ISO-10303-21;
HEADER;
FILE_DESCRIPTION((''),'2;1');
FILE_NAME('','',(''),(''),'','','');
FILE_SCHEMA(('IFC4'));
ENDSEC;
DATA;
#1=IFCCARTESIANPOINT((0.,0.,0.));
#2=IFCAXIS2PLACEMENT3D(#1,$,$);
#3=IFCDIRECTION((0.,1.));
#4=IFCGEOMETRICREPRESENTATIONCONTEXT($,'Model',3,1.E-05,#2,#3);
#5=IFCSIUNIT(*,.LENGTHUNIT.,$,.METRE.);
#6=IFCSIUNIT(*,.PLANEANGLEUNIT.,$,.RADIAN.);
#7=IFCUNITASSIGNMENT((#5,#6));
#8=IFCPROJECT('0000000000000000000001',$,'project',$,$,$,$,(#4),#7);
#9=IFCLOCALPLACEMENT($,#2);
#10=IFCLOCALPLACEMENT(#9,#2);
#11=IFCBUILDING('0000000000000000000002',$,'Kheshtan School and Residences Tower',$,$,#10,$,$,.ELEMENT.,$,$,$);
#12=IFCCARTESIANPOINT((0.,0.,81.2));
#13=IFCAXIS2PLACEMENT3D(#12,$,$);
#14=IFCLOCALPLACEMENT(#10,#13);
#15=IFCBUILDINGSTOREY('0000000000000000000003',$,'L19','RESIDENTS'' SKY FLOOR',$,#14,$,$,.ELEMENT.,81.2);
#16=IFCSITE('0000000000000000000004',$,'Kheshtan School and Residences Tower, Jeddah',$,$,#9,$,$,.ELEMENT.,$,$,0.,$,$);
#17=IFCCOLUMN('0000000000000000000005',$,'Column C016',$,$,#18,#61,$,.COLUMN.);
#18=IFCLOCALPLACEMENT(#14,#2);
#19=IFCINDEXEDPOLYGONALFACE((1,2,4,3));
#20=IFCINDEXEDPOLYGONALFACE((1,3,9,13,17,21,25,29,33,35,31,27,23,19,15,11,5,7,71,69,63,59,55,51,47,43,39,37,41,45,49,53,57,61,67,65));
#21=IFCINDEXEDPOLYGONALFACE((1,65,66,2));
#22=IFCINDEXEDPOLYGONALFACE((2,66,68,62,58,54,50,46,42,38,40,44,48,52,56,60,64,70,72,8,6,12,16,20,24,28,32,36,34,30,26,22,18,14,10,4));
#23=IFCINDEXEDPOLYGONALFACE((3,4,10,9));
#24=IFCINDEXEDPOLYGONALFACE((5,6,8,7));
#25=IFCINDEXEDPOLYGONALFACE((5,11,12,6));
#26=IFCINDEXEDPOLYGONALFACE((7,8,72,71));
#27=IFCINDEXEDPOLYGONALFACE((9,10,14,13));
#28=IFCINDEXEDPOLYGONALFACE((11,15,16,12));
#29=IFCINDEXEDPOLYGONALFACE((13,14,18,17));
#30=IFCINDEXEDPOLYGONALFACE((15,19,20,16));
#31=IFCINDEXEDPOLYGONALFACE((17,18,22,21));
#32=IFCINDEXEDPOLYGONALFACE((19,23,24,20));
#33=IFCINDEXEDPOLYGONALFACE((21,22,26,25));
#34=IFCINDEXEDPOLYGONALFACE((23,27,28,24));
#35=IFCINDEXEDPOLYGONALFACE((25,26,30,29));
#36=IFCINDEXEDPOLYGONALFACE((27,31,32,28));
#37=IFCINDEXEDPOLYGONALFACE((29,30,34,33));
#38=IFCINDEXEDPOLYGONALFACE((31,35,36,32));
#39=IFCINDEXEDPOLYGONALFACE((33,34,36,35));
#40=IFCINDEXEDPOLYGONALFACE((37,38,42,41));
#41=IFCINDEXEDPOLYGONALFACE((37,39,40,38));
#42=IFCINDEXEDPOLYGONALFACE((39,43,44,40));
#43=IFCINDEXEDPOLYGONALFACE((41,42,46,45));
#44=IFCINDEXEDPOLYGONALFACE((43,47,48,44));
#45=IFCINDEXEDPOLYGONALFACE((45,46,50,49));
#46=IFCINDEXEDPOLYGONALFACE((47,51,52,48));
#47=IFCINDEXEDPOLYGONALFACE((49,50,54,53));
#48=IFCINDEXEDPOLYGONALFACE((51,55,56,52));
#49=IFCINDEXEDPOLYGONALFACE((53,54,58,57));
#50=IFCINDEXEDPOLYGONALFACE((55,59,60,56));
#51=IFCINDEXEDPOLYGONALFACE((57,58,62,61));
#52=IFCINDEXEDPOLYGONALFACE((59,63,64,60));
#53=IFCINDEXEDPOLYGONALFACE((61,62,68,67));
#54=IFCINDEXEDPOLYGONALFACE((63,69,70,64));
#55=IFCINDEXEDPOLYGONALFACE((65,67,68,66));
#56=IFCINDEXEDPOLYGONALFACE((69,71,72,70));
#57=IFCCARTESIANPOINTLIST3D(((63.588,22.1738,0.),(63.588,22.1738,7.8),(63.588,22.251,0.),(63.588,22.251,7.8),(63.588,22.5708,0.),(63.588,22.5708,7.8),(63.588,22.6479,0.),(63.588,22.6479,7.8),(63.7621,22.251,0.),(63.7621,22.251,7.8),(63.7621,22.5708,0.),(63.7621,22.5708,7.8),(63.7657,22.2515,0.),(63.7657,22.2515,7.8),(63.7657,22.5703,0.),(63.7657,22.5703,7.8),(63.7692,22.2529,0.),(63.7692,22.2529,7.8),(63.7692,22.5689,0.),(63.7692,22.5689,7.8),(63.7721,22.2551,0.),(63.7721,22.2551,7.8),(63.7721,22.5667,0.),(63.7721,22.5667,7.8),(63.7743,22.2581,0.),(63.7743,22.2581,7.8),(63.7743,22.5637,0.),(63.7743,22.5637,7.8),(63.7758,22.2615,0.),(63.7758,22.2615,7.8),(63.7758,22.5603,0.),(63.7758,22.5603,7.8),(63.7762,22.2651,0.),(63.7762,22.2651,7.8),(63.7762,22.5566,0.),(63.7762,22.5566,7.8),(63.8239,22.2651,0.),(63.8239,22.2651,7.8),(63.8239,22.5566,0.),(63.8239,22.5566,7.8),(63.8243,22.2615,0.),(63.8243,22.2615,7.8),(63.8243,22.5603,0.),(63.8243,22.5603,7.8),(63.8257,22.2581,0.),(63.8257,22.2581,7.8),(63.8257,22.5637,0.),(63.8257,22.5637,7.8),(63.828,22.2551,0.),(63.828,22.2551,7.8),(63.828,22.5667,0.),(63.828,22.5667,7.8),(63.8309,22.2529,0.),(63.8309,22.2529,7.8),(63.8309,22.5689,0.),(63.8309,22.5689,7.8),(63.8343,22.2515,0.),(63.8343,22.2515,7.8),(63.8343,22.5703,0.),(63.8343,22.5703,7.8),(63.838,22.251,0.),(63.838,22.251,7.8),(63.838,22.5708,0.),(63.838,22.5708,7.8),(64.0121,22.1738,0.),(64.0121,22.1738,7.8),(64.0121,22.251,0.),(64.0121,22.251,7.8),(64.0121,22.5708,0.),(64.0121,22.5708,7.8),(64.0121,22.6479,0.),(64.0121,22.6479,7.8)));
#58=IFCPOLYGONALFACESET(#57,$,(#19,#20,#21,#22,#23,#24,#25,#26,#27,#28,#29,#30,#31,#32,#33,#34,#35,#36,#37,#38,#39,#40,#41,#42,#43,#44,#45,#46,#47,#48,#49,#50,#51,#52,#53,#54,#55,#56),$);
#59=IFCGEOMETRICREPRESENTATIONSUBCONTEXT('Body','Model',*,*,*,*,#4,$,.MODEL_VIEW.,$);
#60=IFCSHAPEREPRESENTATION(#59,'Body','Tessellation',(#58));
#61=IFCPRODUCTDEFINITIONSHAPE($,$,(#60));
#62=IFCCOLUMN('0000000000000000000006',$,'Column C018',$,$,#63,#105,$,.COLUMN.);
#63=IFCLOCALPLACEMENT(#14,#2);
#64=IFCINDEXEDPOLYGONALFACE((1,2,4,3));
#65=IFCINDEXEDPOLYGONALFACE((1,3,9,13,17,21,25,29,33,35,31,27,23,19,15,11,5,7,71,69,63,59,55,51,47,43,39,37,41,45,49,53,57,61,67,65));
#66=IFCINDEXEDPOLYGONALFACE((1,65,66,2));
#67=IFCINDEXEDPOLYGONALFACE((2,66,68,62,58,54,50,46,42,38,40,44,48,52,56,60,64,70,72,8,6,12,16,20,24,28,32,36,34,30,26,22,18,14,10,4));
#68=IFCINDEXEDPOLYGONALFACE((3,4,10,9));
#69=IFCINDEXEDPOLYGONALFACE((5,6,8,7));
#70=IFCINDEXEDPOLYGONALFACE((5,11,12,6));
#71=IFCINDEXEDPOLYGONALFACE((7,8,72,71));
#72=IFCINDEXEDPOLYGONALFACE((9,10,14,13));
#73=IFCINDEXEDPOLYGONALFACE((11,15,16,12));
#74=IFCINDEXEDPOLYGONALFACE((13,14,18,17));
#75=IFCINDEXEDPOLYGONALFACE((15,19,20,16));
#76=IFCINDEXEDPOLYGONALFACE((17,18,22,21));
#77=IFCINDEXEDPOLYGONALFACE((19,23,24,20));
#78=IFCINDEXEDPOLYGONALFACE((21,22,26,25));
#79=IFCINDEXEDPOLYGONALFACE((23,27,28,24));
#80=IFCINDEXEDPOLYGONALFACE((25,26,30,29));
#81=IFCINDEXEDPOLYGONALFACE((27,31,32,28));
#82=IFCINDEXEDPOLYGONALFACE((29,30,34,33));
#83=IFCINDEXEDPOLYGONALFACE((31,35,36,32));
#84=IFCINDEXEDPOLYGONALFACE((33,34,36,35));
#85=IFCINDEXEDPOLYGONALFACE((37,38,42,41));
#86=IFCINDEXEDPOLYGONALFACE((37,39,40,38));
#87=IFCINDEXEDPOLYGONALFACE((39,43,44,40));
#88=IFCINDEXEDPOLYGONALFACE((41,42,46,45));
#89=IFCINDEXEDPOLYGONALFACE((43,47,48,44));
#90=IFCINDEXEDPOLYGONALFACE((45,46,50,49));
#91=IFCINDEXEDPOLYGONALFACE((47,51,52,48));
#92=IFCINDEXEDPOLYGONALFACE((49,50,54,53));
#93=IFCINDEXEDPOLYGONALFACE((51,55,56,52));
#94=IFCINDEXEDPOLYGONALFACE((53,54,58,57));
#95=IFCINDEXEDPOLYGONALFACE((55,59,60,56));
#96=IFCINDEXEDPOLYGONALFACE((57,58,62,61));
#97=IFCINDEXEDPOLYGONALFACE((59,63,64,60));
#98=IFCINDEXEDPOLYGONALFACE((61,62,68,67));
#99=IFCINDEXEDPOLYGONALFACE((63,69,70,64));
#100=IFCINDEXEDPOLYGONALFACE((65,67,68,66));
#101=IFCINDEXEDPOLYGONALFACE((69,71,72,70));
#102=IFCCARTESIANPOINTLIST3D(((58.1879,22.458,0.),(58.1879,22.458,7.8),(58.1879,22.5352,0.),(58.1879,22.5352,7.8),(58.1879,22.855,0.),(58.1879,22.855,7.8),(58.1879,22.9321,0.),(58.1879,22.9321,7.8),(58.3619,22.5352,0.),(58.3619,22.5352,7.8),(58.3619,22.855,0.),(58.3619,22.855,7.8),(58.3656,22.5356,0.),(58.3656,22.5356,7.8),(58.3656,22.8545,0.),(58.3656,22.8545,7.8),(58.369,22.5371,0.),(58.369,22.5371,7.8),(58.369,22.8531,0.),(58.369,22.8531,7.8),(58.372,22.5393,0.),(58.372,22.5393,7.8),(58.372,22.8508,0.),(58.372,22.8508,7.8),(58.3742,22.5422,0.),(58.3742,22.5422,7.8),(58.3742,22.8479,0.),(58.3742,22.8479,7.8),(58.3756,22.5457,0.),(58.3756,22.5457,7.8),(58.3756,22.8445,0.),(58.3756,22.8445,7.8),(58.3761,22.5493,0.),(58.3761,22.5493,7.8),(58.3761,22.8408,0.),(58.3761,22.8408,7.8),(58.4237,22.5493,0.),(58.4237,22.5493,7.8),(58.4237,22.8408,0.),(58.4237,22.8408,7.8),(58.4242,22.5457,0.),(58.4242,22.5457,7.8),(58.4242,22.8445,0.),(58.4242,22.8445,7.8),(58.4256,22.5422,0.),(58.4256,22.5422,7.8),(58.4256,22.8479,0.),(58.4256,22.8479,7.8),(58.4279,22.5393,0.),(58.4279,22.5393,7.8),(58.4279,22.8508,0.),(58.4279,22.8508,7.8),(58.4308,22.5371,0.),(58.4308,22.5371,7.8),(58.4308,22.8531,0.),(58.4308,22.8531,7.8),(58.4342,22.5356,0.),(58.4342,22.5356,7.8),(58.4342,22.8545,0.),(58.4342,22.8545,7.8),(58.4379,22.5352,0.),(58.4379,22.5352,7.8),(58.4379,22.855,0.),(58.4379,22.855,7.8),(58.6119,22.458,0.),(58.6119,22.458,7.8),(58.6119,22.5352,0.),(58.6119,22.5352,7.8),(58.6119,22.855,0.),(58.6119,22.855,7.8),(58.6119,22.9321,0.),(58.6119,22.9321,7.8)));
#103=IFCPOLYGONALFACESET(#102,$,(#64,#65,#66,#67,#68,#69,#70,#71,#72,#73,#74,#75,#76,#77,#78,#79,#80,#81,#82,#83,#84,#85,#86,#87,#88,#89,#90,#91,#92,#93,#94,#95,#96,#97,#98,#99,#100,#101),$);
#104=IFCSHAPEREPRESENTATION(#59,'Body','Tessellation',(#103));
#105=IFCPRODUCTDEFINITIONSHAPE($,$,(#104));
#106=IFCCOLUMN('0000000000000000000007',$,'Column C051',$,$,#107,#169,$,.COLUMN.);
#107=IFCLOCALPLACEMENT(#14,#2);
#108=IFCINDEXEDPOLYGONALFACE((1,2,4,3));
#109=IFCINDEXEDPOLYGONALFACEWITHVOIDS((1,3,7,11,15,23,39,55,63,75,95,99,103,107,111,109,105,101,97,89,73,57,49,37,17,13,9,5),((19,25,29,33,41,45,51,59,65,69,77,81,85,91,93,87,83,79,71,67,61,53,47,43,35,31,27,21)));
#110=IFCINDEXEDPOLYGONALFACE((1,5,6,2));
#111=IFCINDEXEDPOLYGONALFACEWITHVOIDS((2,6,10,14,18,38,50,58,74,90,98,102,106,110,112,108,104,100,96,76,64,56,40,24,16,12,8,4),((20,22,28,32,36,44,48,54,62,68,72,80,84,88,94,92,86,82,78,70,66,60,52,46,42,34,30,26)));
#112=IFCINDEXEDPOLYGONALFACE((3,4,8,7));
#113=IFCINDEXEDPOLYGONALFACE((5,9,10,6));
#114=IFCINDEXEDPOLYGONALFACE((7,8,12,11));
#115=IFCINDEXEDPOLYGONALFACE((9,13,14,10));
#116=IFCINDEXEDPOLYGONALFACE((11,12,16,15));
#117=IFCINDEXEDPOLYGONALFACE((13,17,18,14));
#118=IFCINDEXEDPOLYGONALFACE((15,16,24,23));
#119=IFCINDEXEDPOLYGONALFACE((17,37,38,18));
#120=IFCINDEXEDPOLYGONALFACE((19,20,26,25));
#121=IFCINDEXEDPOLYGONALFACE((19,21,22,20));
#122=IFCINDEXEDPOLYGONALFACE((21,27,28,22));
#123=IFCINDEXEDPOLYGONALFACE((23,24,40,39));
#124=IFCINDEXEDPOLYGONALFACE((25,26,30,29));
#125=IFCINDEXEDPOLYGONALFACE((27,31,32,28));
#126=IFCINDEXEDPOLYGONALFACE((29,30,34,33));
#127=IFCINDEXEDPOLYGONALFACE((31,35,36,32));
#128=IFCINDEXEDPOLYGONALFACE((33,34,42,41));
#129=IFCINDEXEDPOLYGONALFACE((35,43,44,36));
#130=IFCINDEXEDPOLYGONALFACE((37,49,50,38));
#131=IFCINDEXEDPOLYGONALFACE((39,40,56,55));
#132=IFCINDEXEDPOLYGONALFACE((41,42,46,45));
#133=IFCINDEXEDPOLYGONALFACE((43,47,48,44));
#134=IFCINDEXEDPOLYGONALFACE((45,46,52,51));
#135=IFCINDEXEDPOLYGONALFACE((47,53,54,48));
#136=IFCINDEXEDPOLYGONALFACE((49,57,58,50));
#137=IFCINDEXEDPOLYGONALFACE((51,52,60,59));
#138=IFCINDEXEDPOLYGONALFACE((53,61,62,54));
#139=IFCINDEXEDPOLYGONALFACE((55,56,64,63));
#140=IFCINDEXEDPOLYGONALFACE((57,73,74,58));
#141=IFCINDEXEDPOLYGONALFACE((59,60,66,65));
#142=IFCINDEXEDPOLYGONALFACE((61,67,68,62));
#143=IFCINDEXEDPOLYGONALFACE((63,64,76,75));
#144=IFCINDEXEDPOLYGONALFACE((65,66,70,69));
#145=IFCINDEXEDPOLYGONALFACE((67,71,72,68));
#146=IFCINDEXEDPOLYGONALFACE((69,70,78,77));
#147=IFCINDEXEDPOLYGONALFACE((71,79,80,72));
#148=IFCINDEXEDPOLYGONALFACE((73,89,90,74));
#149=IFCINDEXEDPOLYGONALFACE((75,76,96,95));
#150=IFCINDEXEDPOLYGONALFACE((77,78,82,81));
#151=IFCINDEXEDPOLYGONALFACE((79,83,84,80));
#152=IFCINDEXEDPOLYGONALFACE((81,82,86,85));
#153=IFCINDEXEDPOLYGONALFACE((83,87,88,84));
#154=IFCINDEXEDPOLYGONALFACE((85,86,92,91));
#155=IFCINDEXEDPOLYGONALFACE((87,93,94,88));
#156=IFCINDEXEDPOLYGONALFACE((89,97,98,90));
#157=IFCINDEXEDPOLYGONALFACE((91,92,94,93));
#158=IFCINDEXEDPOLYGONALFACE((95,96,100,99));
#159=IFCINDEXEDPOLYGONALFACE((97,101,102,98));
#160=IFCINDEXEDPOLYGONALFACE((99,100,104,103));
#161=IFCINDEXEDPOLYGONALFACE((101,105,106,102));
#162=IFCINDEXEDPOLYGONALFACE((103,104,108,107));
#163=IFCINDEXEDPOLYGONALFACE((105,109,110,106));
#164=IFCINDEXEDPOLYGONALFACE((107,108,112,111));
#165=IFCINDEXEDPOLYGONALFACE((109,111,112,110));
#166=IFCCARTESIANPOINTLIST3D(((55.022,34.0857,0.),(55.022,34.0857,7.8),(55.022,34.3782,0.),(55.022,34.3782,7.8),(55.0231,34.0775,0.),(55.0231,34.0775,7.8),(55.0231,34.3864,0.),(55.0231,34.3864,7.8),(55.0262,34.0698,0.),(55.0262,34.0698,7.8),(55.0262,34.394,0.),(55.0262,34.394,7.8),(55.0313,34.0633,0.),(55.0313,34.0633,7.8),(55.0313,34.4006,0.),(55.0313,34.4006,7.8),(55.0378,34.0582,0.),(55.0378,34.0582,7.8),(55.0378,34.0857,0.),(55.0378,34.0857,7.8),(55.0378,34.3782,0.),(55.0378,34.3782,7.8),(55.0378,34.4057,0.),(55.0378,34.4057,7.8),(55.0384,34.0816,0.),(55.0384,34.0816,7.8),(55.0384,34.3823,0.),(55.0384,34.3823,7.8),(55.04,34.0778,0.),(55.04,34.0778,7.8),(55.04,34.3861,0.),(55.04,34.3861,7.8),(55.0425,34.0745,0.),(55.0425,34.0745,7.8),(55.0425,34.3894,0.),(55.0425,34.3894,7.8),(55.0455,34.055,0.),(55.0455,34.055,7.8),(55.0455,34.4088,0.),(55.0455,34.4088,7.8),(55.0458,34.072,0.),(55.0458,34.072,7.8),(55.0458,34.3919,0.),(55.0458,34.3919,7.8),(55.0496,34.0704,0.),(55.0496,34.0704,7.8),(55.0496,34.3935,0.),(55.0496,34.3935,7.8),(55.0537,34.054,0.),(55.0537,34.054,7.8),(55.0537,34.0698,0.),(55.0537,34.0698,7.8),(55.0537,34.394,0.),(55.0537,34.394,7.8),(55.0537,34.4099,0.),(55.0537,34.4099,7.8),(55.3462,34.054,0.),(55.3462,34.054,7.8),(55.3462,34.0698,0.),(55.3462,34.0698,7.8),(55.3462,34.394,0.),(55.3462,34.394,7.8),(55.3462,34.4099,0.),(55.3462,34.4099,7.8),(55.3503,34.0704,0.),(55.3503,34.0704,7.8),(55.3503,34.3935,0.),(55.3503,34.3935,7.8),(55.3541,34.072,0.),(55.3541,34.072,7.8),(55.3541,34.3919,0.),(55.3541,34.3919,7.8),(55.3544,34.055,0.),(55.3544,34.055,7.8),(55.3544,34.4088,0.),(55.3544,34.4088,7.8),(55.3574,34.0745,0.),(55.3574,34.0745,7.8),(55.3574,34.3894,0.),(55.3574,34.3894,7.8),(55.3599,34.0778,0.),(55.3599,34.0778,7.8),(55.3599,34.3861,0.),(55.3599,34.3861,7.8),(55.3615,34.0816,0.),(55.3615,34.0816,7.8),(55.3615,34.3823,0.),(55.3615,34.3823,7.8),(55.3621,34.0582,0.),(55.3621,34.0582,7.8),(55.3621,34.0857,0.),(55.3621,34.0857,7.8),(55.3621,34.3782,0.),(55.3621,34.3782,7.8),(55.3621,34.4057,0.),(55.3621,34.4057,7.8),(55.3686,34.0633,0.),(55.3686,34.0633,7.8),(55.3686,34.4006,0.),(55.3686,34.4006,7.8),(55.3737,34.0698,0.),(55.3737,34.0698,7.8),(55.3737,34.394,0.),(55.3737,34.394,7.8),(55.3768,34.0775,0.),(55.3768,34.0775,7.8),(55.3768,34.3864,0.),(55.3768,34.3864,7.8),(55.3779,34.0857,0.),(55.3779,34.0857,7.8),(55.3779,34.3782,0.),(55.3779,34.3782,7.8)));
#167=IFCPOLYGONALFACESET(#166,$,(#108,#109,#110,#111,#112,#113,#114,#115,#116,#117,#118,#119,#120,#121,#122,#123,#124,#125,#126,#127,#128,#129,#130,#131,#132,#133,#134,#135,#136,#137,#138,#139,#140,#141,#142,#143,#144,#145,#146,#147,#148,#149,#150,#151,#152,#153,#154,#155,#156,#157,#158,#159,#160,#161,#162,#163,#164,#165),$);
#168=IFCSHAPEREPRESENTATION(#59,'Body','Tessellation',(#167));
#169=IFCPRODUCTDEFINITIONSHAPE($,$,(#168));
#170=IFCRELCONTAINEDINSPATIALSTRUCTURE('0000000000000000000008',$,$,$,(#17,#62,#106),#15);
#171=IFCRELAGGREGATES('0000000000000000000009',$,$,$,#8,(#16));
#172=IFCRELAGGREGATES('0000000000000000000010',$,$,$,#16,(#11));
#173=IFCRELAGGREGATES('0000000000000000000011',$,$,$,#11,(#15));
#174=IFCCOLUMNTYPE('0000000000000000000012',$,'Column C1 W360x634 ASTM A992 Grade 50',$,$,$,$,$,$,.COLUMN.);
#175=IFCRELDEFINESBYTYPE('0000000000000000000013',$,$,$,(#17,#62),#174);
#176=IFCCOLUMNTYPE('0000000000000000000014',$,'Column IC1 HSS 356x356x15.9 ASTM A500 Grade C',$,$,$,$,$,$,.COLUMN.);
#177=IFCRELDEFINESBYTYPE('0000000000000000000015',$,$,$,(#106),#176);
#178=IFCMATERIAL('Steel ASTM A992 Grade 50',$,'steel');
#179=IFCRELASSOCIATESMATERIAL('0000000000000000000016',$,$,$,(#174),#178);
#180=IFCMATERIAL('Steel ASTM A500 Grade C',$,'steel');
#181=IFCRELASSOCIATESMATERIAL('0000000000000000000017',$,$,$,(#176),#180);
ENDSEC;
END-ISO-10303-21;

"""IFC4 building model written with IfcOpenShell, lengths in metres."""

from ifc_helpers import new_model, si_unit, direction, frame, origin, origin_2d, place, context, subcontext, project, spatial, hollow_rectangle, i_section, extrude, material, material_profile, profile_set, type_object, element, save


model = new_model("IFC4")

# Units and contexts
model_context = context("Model", 3, precision=1e-05, world=origin(), true_north=direction((0.0, 1.0)))
body_context = subcontext(model_context, "Body", "Model", "MODEL_VIEW")
ifc_project = project(units=[si_unit("LENGTHUNIT", "METRE"), si_unit("PLANEANGLEUNIT", "RADIAN")], contexts=[model_context])

# Site, building, storey
site_placement = place(None, origin())
site = spatial("IfcSite", under=ifc_project, at=site_placement, Name="Kheshtan School and Residences Tower, Jeddah", CompositionType="ELEMENT", RefElevation=0.0)
building_placement = place(site_placement, origin())
building = spatial("IfcBuilding", under=site, at=building_placement, Name="Kheshtan School and Residences Tower", CompositionType="ELEMENT")
storey_placement = place(building_placement, frame((0.0, 0.0, 81.2)))
storey = spatial("IfcBuildingStorey", under=building, at=storey_placement, Name="L19", Description="RESIDENTS' SKY FLOOR", CompositionType="ELEMENT", Elevation=81.2)

# Columns
ifc_material_1 = material(Name="Steel ASTM A992 Grade 50", Category="steel")
ifc_material_profile_1 = material_profile(ifc_material_1, i_section(OverallWidth=0.4241, OverallDepth=0.4741, WebThickness=0.0476, FlangeThickness=0.0771, FilletRadius=0.0142, at=origin_2d()), Name="W360x634")
ifc_profile_set_1 = profile_set([ifc_material_profile_1], Name="Steel ASTM A992 Grade 50")
column_type_1 = type_object("IfcColumnType", Name="Column C1 W360x634 ASTM A992 Grade 50", PredefinedType="COLUMN", material=ifc_profile_set_1)
for number, where, z_axis, x_axis, name in (
    (1, (63.8, 22.4109, 0.0), (0.0, 0.0, 1.0), (1.0, 0.0, 0.0), "Column C016"),
    (2, (58.3999, 22.6951, 0.0), (0.0, 0.0, 1.0), (1.0, 0.0, 0.0), "Column C018"),
):
    element("IfcColumn", number, at=place(storey_placement, frame(where, z_axis=z_axis, x_axis=x_axis)), inside=storey, type_object=column_type_1, Name=name, PredefinedType="COLUMN", context=body_context, shape_type="SweptSolid", body=[
        extrude(i_section(OverallWidth=0.4241, OverallDepth=0.4741, WebThickness=0.0476, FlangeThickness=0.0771, FilletRadius=0.0142, at=origin_2d()), origin(), (0.0, 0.0, 1.0), 7.8),
    ])
ifc_material_2 = material(Name="Steel ASTM A500 Grade C", Category="steel")
ifc_material_profile_2 = material_profile(ifc_material_2, hollow_rectangle(XDim=0.356, YDim=0.356, WallThickness=0.0159, InnerFilletRadius=0.0159, OuterFilletRadius=0.0317, at=origin_2d()), Name="HSS 356x356x15.9")
ifc_profile_set_2 = profile_set([ifc_material_profile_2], Name="Steel ASTM A500 Grade C")
column_type_2 = type_object("IfcColumnType", Name="Column IC1 HSS 356x356x15.9 ASTM A500 Grade C", PredefinedType="COLUMN", material=ifc_profile_set_2)
column_placement = place(storey_placement, frame((55.2, 34.2319, 0.0), z_axis=(0.0, 0.0, 1.0), x_axis=(1.0, 0.0, 0.0)))
element("IfcColumn", 3, at=column_placement, inside=storey, type_object=column_type_2, Name="Column C051", PredefinedType="COLUMN", context=body_context, shape_type="SweptSolid", body=[
    extrude(hollow_rectangle(XDim=0.356, YDim=0.356, WallThickness=0.0159, InnerFilletRadius=0.0159, OuterFilletRadius=0.0317, at=origin_2d()), origin(), (0.0, 0.0, 1.0), 7.8),
])

save(model, "model.ifc")
